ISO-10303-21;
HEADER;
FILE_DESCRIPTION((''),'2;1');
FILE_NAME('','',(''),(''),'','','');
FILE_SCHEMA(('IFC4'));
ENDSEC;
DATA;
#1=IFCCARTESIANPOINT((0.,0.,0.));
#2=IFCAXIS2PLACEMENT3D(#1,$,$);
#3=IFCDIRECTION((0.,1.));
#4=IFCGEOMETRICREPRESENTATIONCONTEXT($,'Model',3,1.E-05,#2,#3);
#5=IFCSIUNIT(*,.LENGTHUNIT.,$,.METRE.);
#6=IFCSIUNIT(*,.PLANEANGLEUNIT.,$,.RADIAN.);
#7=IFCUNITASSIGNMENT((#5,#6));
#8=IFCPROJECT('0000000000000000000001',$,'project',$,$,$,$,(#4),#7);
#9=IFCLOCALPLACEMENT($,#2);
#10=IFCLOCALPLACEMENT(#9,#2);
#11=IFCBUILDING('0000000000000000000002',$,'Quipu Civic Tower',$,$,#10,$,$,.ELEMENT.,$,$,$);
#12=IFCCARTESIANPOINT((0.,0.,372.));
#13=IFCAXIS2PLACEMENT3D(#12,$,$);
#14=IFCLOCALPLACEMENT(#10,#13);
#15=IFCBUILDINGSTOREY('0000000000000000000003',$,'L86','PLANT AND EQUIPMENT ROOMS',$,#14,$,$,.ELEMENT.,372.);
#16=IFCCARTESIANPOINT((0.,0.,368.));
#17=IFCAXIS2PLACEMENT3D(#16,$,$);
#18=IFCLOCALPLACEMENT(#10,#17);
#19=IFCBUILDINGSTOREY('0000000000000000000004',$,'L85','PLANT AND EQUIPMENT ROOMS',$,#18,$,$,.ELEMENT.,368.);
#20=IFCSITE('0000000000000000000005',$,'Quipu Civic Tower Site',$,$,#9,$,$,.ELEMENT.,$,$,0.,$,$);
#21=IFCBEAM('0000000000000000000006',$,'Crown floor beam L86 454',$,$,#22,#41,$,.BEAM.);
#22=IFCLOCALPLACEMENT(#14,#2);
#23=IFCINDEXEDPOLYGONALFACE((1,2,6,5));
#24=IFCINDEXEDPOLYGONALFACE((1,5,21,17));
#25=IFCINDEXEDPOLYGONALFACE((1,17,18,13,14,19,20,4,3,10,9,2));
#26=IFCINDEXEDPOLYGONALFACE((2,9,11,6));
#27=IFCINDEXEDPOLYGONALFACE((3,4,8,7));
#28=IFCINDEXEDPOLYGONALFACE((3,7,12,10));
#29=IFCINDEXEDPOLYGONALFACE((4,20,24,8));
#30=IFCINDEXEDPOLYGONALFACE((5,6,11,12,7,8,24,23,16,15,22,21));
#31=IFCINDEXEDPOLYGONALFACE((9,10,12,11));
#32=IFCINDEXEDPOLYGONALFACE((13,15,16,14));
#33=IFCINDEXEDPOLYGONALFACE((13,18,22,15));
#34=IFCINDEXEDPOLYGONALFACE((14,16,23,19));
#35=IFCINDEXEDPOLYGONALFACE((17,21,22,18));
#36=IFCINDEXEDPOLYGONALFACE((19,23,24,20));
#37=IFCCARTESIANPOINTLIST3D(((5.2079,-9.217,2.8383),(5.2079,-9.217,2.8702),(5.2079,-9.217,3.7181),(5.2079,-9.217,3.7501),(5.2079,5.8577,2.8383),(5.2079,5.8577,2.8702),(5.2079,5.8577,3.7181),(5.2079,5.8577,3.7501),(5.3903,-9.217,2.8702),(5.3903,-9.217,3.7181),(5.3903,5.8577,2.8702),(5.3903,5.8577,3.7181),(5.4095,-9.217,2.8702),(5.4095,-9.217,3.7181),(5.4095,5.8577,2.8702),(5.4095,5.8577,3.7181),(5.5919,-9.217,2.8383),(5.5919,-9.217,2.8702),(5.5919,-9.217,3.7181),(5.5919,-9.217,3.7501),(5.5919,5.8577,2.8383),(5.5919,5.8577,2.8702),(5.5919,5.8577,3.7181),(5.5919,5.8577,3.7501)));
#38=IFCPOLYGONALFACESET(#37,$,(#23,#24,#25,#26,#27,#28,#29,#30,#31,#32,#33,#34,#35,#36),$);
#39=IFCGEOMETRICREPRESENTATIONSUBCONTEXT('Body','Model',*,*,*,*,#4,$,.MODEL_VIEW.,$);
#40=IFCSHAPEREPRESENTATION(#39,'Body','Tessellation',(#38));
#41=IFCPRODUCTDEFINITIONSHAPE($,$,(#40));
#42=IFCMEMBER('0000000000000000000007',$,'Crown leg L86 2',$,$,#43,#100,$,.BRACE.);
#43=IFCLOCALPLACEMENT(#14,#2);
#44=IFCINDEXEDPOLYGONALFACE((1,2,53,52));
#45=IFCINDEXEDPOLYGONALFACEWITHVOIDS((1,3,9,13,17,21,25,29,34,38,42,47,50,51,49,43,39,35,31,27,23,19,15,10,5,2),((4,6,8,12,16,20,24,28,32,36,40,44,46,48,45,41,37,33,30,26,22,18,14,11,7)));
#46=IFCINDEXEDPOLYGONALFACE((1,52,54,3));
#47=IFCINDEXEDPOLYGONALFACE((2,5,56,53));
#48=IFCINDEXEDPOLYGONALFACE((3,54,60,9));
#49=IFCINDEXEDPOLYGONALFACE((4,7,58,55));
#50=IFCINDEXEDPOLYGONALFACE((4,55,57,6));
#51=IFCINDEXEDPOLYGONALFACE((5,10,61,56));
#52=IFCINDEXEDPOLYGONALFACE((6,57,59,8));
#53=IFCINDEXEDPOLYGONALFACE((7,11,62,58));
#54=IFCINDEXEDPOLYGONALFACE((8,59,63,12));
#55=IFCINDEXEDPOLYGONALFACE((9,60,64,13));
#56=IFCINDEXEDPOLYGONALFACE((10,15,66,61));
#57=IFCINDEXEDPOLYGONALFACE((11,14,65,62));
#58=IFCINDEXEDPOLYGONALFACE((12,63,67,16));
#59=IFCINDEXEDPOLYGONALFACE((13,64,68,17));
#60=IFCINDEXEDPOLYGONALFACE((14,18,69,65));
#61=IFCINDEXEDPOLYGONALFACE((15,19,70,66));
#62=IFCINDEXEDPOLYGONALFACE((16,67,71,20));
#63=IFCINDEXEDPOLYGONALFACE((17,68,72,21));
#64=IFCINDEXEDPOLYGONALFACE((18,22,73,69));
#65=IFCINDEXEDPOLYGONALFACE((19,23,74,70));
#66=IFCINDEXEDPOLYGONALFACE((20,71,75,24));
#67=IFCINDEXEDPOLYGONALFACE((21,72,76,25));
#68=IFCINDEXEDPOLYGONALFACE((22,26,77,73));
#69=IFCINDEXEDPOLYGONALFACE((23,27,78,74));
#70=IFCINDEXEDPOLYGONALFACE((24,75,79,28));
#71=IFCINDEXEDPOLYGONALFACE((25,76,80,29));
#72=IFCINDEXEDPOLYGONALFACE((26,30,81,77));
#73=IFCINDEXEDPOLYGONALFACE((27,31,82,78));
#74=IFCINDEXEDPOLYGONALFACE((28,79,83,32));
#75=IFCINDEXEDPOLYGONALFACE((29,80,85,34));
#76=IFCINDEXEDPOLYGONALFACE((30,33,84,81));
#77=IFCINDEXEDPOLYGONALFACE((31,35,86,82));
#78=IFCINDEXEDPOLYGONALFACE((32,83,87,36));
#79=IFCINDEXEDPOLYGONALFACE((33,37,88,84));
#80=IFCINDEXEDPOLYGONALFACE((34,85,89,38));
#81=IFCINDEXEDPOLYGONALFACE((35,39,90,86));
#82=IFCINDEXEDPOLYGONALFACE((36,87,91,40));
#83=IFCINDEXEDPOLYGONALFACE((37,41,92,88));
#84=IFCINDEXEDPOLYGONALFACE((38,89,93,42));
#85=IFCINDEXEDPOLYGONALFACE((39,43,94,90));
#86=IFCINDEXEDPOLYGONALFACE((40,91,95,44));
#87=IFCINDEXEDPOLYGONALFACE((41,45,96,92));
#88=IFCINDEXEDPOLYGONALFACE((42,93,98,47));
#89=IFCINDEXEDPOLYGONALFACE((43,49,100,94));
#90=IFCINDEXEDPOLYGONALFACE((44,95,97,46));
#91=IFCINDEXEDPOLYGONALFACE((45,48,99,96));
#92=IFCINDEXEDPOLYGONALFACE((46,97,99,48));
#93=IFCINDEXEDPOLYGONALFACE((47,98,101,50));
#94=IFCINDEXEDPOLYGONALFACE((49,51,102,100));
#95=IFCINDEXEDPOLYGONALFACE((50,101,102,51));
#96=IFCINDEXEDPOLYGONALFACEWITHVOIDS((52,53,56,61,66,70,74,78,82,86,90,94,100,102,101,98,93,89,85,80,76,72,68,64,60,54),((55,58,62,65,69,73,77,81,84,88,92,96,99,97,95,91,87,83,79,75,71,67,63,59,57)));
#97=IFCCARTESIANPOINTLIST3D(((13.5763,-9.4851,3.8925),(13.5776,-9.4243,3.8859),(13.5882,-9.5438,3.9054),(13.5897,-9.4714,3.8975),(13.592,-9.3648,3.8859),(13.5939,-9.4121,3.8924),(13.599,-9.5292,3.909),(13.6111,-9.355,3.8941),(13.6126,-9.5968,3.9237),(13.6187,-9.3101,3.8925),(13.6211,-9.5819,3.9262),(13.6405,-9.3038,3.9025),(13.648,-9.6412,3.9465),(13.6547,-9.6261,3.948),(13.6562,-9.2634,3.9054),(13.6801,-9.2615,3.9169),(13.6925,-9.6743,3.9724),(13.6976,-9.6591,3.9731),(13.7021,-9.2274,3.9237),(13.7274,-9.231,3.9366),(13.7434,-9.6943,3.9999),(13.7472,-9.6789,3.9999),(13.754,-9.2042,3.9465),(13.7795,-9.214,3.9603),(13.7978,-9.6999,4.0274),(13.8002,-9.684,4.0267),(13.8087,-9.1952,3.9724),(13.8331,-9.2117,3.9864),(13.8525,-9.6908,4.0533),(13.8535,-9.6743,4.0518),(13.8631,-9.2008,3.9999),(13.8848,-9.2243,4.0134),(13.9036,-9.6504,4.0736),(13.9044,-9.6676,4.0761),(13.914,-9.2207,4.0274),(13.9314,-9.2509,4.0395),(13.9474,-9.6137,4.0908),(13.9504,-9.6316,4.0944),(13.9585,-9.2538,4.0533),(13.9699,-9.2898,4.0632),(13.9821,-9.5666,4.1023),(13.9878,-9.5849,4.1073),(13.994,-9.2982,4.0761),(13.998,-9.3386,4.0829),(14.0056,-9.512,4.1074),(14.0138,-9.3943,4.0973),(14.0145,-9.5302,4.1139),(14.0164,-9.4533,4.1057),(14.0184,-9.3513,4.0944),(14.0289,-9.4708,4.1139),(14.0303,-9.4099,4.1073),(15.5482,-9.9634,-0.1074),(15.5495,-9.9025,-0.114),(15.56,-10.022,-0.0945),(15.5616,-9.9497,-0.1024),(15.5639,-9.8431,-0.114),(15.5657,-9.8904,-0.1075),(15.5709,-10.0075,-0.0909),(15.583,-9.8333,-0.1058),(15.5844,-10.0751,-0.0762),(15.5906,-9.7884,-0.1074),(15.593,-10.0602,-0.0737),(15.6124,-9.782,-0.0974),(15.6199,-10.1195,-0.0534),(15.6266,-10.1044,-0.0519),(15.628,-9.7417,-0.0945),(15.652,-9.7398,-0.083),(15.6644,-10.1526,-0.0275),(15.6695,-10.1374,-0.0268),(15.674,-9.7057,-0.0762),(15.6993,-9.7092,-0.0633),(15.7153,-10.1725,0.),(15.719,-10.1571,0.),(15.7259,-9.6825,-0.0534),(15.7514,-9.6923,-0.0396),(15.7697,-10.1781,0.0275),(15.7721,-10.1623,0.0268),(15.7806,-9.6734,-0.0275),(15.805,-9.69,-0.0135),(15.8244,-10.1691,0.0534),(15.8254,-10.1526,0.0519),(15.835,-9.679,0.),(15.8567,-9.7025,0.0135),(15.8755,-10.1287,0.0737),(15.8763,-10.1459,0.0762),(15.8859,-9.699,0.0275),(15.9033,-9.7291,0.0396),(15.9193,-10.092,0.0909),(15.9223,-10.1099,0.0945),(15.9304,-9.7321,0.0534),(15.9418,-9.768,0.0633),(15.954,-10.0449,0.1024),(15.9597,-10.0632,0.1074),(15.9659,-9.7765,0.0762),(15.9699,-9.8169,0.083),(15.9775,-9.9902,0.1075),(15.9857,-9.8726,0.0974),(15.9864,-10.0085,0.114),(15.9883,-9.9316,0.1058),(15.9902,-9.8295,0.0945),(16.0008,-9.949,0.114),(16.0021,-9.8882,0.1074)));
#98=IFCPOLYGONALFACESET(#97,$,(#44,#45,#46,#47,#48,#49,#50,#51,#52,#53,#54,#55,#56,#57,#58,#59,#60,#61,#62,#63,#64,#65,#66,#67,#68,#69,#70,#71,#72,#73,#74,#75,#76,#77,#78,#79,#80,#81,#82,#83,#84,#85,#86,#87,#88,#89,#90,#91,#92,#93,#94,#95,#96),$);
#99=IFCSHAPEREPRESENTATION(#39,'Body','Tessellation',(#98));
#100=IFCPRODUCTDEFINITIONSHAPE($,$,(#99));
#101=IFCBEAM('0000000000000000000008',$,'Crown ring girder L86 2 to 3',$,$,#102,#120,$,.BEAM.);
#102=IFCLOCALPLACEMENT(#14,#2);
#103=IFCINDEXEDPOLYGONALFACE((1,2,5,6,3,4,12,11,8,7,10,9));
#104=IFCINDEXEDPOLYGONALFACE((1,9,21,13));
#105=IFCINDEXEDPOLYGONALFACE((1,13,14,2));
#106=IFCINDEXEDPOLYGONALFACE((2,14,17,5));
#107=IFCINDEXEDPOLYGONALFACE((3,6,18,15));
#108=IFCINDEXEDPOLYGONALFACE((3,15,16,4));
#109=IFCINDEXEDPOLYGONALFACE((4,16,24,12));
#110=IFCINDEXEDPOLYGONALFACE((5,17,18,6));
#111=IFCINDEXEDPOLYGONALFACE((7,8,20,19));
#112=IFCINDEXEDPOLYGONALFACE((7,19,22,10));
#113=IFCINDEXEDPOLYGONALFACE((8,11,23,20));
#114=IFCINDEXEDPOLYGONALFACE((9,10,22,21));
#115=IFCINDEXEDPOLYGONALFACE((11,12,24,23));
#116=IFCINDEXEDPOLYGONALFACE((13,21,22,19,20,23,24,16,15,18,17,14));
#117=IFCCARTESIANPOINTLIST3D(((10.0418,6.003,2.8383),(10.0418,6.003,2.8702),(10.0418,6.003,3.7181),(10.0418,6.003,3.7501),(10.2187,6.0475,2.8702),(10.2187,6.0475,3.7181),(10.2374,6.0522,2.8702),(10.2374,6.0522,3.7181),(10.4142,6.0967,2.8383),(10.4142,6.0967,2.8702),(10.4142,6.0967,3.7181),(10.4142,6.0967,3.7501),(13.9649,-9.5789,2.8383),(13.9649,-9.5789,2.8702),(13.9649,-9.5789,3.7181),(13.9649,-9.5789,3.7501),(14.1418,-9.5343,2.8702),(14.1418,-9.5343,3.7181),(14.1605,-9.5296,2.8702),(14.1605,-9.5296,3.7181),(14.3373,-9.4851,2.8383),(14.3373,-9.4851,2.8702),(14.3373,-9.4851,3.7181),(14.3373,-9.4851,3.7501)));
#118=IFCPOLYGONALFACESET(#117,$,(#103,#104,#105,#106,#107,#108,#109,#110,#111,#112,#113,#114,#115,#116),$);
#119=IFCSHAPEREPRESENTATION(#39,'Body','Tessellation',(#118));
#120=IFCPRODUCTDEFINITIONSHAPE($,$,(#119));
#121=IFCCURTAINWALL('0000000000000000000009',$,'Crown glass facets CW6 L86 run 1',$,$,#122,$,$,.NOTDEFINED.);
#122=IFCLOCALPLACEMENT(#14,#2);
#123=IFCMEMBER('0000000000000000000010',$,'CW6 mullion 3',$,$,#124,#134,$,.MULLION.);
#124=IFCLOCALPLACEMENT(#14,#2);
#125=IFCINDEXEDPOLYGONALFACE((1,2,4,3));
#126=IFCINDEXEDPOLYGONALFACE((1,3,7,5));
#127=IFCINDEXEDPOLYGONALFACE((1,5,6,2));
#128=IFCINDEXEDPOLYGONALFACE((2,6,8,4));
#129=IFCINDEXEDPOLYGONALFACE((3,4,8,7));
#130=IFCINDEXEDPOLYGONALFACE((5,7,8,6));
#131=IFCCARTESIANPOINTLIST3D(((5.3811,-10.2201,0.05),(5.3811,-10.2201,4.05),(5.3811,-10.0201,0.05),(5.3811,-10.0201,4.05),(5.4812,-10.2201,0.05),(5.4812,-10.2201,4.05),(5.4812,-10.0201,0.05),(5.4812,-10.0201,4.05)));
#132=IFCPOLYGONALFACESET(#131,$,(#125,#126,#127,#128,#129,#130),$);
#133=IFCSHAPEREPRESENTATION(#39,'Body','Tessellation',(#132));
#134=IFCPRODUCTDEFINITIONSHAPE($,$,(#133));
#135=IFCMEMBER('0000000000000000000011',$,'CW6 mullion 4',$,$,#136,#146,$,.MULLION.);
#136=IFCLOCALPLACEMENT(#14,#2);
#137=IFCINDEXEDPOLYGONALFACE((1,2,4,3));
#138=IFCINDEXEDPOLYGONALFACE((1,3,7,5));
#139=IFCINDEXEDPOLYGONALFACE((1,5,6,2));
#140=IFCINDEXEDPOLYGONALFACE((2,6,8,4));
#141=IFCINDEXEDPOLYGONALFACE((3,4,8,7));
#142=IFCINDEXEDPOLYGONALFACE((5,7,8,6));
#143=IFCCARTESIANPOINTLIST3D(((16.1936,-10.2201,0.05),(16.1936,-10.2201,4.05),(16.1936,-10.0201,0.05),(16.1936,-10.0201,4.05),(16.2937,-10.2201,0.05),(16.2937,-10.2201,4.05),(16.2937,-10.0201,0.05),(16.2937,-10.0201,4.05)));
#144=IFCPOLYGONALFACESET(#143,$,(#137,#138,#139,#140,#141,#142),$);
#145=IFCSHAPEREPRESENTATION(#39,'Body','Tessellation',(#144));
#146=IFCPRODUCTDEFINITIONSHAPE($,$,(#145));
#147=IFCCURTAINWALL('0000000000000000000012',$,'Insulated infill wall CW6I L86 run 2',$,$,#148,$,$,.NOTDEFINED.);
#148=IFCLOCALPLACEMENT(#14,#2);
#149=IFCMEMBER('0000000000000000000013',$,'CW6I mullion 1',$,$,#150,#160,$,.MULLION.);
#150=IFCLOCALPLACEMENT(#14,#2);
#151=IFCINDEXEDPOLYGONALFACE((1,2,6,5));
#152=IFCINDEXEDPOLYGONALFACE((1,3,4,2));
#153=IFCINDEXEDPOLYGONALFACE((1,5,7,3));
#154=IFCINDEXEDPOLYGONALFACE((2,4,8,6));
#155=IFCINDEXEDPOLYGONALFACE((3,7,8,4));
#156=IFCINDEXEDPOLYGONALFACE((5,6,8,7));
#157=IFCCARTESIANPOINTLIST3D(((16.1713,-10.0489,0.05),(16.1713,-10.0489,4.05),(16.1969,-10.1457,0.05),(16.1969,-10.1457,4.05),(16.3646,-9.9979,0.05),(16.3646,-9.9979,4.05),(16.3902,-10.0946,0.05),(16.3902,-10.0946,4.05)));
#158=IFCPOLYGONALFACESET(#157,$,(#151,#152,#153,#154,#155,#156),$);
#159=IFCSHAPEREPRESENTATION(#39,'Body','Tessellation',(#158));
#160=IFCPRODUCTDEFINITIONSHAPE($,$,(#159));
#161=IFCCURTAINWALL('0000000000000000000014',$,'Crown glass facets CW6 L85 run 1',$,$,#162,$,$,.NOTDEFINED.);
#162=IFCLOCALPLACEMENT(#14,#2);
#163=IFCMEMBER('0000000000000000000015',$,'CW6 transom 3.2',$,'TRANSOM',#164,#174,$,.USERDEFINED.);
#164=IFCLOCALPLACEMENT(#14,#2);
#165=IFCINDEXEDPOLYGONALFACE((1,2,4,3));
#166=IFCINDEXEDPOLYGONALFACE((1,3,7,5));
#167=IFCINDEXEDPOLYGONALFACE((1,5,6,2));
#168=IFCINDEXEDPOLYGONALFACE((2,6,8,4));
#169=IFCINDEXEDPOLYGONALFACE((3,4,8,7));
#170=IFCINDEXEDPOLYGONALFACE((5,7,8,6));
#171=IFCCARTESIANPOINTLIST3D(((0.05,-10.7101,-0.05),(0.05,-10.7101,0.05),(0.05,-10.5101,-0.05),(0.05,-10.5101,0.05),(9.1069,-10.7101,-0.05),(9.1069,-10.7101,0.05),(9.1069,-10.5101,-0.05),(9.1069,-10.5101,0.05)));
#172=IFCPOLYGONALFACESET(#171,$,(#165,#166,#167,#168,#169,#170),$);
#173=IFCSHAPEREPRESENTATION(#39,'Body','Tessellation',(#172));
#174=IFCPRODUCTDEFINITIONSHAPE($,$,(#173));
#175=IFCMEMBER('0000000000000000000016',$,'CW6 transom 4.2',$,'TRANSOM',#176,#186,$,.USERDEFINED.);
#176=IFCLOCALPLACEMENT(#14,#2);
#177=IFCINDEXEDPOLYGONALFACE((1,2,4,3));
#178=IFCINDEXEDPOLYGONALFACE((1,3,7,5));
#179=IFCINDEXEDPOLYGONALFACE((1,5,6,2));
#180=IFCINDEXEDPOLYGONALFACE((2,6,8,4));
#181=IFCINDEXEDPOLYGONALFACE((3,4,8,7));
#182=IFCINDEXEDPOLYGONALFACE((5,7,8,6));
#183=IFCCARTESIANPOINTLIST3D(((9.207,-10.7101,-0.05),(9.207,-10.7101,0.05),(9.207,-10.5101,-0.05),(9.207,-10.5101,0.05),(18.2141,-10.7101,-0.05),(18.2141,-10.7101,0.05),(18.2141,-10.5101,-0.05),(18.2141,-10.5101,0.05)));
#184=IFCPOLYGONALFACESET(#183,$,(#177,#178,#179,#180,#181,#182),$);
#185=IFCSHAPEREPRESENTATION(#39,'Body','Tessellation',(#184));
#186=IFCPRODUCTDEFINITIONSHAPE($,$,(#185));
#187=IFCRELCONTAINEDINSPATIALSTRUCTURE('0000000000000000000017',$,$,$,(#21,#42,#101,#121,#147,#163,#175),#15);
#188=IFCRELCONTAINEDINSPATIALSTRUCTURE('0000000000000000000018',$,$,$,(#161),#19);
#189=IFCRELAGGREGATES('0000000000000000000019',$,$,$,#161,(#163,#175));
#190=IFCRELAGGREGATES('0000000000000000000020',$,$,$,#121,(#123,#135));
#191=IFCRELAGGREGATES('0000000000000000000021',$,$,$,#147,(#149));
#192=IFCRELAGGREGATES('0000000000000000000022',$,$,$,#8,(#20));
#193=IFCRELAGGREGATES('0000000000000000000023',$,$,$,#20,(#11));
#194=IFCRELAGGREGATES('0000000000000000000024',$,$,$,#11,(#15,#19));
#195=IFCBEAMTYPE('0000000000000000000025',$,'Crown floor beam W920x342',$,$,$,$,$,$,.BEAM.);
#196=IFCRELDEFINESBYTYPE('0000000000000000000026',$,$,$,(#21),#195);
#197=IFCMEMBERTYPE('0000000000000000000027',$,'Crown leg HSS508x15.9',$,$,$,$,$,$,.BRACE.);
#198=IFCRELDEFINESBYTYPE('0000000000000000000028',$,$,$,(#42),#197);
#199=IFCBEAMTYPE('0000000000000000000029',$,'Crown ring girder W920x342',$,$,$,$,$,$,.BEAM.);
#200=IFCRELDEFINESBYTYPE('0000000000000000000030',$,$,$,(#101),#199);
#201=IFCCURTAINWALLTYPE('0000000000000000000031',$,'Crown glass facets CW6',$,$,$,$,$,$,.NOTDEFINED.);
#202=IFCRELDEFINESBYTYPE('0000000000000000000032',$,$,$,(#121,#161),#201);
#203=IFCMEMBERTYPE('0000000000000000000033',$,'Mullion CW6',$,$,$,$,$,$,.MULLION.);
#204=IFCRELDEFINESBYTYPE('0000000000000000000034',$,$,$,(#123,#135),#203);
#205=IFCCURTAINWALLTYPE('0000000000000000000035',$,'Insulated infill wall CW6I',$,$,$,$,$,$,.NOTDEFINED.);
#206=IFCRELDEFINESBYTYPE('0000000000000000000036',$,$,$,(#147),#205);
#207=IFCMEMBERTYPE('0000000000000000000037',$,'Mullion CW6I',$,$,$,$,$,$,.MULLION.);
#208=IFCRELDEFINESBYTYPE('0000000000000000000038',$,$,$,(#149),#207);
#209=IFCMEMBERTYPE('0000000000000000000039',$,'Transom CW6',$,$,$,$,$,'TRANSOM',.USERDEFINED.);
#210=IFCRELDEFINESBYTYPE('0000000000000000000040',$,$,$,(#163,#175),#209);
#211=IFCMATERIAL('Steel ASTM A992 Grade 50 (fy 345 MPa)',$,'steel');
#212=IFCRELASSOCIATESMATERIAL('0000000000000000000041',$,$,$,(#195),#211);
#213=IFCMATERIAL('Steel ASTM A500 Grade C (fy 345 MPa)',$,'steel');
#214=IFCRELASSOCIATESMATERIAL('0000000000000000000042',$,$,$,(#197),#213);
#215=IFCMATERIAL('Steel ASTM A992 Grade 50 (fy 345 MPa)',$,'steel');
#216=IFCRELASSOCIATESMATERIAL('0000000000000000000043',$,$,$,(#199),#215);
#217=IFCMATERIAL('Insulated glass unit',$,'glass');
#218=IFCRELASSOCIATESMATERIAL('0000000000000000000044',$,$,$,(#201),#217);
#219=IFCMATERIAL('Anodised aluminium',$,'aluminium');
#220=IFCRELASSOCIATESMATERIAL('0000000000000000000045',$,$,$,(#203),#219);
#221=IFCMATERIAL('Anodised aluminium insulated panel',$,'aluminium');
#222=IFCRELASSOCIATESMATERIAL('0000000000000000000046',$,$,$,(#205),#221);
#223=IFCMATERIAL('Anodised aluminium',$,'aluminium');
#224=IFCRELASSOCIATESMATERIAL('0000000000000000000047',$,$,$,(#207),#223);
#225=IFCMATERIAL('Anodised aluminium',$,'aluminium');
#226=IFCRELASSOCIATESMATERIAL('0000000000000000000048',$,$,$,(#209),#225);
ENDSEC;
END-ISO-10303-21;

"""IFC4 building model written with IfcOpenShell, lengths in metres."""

from ifc_helpers import new_model, si_unit, direction, frame, origin, origin_2d, place, context, subcontext, project, spatial, rectangle, hollow_circle, i_section, extrude, material, material_profile, profile_set, type_object, element, aggregate, save


model = new_model("IFC4")

# Units and contexts
model_context = context("Model", 3, precision=1e-05, world=origin(), true_north=direction((0.0, 1.0)))
body_context = subcontext(model_context, "Body", "Model", "MODEL_VIEW")
ifc_project = project(units=[si_unit("LENGTHUNIT", "METRE"), si_unit("PLANEANGLEUNIT", "RADIAN")], contexts=[model_context])

# Site, building, storey
site_placement = place(None, origin())
site = spatial("IfcSite", under=ifc_project, at=site_placement, Name="Quipu Civic Tower Site", CompositionType="ELEMENT", RefElevation=0.0)
building_placement = place(site_placement, origin())
building = spatial("IfcBuilding", under=site, at=building_placement, Name="Quipu Civic Tower", CompositionType="ELEMENT")
storey_1_placement = place(building_placement, frame((0.0, 0.0, 372.0)))
storey_1 = spatial("IfcBuildingStorey", under=building, at=storey_1_placement, Name="L86", Description="PLANT AND EQUIPMENT ROOMS", CompositionType="ELEMENT", Elevation=372.0)

# Beam
ifc_material_1 = material(Name="Steel ASTM A992 Grade 50 (fy 345 MPa)", Category="steel")
ifc_material_profile_1 = material_profile(ifc_material_1, i_section(OverallWidth=0.384, OverallDepth=0.9119, WebThickness=0.0193, FlangeThickness=0.032, at=origin_2d()), Name="W920x342")
ifc_profile_set_1 = profile_set([ifc_material_profile_1], Name="Steel ASTM A992 Grade 50 (fy 345 MPa)")
beam_type_1 = type_object("IfcBeamType", Name="Crown floor beam W920x342", PredefinedType="BEAM", material=ifc_profile_set_1)
beam_1_placement = place(storey_1_placement, frame((5.3999, -9.217, 3.2942), z_axis=(0.0, 1.0, 0.0), x_axis=(-1.0, 0.0, 0.0)))
element("IfcBeam", 1, at=beam_1_placement, inside=storey_1, type_object=beam_type_1, Name="Crown floor beam L86 454", PredefinedType="BEAM", context=body_context, shape_type="SweptSolid", body=[
    extrude(i_section(OverallWidth=0.384, OverallDepth=0.9119, WebThickness=0.0193, FlangeThickness=0.032, at=origin_2d()), origin(), (0.0, 0.0, 1.0), 15.0747),
])

# Member
ifc_material_2 = material(Name="Steel ASTM A500 Grade C (fy 345 MPa)", Category="steel")
ifc_material_profile_2 = material_profile(ifc_material_2, hollow_circle(Radius=0.2539, WallThickness=0.0159, at=origin_2d()), Name="HSS508x15.9")
ifc_profile_set_2 = profile_set([ifc_material_profile_2], Name="Steel ASTM A500 Grade C (fy 345 MPa)")
member_type_1 = type_object("IfcMemberType", Name="Crown leg HSS508x15.9", PredefinedType="BRACE", material=ifc_profile_set_2)
member_1_placement = place(storey_1_placement, frame((15.7751, -9.9258, 0.0), z_axis=(-0.439649, 0.106633, 0.891817), x_axis=(-0.235707, -0.971824, 0.0)))
element("IfcMember", 2, at=member_1_placement, inside=storey_1, type_object=member_type_1, Name="Crown leg L86 2", PredefinedType="BRACE", context=body_context, shape_type="SweptSolid", body=[
    extrude(hollow_circle(Radius=0.2539, WallThickness=0.0159, at=origin_2d()), origin(), (0.0, 0.0, 1.0), 4.4851),
])

# Beam
ifc_material_3 = material(Name="Steel ASTM A992 Grade 50 (fy 345 MPa)", Category="steel")
ifc_material_profile_3 = material_profile(ifc_material_3, i_section(OverallWidth=0.384, OverallDepth=0.9119, WebThickness=0.0193, FlangeThickness=0.032, at=origin_2d()), Name="W920x342")
ifc_profile_set_3 = profile_set([ifc_material_profile_3], Name="Steel ASTM A992 Grade 50 (fy 345 MPa)")
beam_type_2 = type_object("IfcBeamType", Name="Crown ring girder W920x342", PredefinedType="BEAM", material=ifc_profile_set_3)
beam_2_placement = place(storey_1_placement, frame((14.1511, -9.532, 3.2942), z_axis=(-0.244155, 0.969736, 0.0), x_axis=(-0.969736, -0.244155, 0.0)))
element("IfcBeam", 3, at=beam_2_placement, inside=storey_1, type_object=beam_type_2, Name="Crown ring girder L86 2 to 3", PredefinedType="BEAM", context=body_context, shape_type="SweptSolid", body=[
    extrude(i_section(OverallWidth=0.384, OverallDepth=0.9119, WebThickness=0.0193, FlangeThickness=0.032, at=origin_2d()), origin(), (0.0, 0.0, 1.0), 16.0681),
])

# Curtain wall, members
ifc_material_4 = material(Name="Insulated glass unit", Category="glass")
curtain_wall_type_1 = type_object("IfcCurtainWallType", Name="Crown glass facets CW6", PredefinedType="NOTDEFINED", material=ifc_material_4)
curtain_wall_1_placement = place(storey_1_placement, origin())
curtain_wall_1 = element("IfcCurtainWall", 4, at=curtain_wall_1_placement, inside=storey_1, type_object=curtain_wall_type_1, Name="Crown glass facets CW6 L86 run 1", PredefinedType="NOTDEFINED")
ifc_material_5 = material(Name="Anodised aluminium", Category="aluminium")
ifc_material_profile_4 = material_profile(ifc_material_5, rectangle(XDim=0.2, YDim=0.1001, at=origin_2d()), Name="RECT 200x100")
ifc_profile_set_4 = profile_set([ifc_material_profile_4], Name="Anodised aluminium")
member_type_2 = type_object("IfcMemberType", Name="Mullion CW6", PredefinedType="MULLION", material=ifc_profile_set_4)
member_2_placement = place(storey_1_placement, frame((5.4312, -10.1201, 0.05), z_axis=(0.0, 0.0, 1.0), x_axis=(0.0, 1.0, 0.0)))
member_2 = element("IfcMember", 5, at=member_2_placement, type_object=member_type_2, Name="CW6 mullion 3", PredefinedType="MULLION", context=body_context, shape_type="SweptSolid", body=[
    extrude(rectangle(XDim=0.2, YDim=0.1001, at=origin_2d()), origin(), (0.0, 0.0, 1.0), 4.0),
])
member_3_placement = place(storey_1_placement, frame((16.2437, -10.1201, 0.05), z_axis=(0.0, 0.0, 1.0), x_axis=(0.0, 1.0, 0.0)))
member_3 = element("IfcMember", 6, at=member_3_placement, type_object=member_type_2, Name="CW6 mullion 4", PredefinedType="MULLION", context=body_context, shape_type="SweptSolid", body=[
    extrude(rectangle(XDim=0.2, YDim=0.1001, at=origin_2d()), origin(), (0.0, 0.0, 1.0), 4.0),
])

# Curtain wall, member
ifc_material_6 = material(Name="Anodised aluminium insulated panel", Category="aluminium")
curtain_wall_type_2 = type_object("IfcCurtainWallType", Name="Insulated infill wall CW6I", PredefinedType="NOTDEFINED", material=ifc_material_6)
curtain_wall_2_placement = place(storey_1_placement, origin())
curtain_wall_2 = element("IfcCurtainWall", 7, at=curtain_wall_2_placement, inside=storey_1, type_object=curtain_wall_type_2, Name="Insulated infill wall CW6I L86 run 2", PredefinedType="NOTDEFINED")
ifc_material_7 = material(Name="Anodised aluminium", Category="aluminium")
ifc_material_profile_5 = material_profile(ifc_material_7, rectangle(XDim=0.2, YDim=0.1001, at=origin_2d()), Name="RECT 200x100")
ifc_profile_set_5 = profile_set([ifc_material_profile_5], Name="Anodised aluminium")
member_type_3 = type_object("IfcMemberType", Name="Mullion CW6I", PredefinedType="MULLION", material=ifc_profile_set_5)
member_4_placement = place(storey_1_placement, frame((16.2808, -10.0718, 0.05), z_axis=(0.0, 0.0, 1.0), x_axis=(-0.966858, -0.255316, 0.0)))
member_4 = element("IfcMember", 8, at=member_4_placement, type_object=member_type_3, Name="CW6I mullion 1", PredefinedType="MULLION", context=body_context, shape_type="SweptSolid", body=[
    extrude(rectangle(XDim=0.2, YDim=0.1001, at=origin_2d()), origin(), (0.0, 0.0, 1.0), 4.0),
])

# Shared definitions
storey_2_placement = place(building_placement, frame((0.0, 0.0, 368.0)))
storey_2 = spatial("IfcBuildingStorey", under=building, at=storey_2_placement, Name="L85", Description="PLANT AND EQUIPMENT ROOMS", CompositionType="ELEMENT", Elevation=368.0)

# Curtain wall, members
curtain_wall_3_placement = place(storey_2_placement, origin())
curtain_wall_3 = element("IfcCurtainWall", 9, at=curtain_wall_3_placement, inside=storey_2, type_object=curtain_wall_type_1, Name="Crown glass facets CW6 L85 run 1", PredefinedType="NOTDEFINED")
ifc_material_8 = material(Name="Anodised aluminium", Category="aluminium")
ifc_material_profile_6 = material_profile(ifc_material_8, rectangle(XDim=0.2, YDim=0.1001, at=origin_2d()), Name="RECT 200x100")
ifc_profile_set_6 = profile_set([ifc_material_profile_6], Name="Anodised aluminium")
member_type_4 = type_object("IfcMemberType", Name="Transom CW6", ElementType="TRANSOM", PredefinedType="USERDEFINED", material=ifc_profile_set_6)
member_5_placement = place(storey_1_placement, frame((0.05, -10.6101, 0.0), z_axis=(1.0, 0.0, 0.0), x_axis=(0.0, 1.0, 0.0)))
member_5 = element("IfcMember", 10, at=member_5_placement, inside=storey_1, type_object=member_type_4, Name="CW6 transom 3.2", ObjectType="TRANSOM", PredefinedType="USERDEFINED", context=body_context, shape_type="SweptSolid", body=[
    extrude(rectangle(XDim=0.2, YDim=0.1001, at=origin_2d()), origin(), (0.0, 0.0, 1.0), 9.0569),
])
member_6_placement = place(storey_1_placement, frame((9.207, -10.6101, 0.0), z_axis=(1.0, 0.0, 0.0), x_axis=(0.0, 1.0, 0.0)))
member_6 = element("IfcMember", 11, at=member_6_placement, inside=storey_1, type_object=member_type_4, Name="CW6 transom 4.2", ObjectType="TRANSOM", PredefinedType="USERDEFINED", context=body_context, shape_type="SweptSolid", body=[
    extrude(rectangle(XDim=0.2, YDim=0.1001, at=origin_2d()), origin(), (0.0, 0.0, 1.0), 9.0071),
])
aggregate(curtain_wall_3, [member_5, member_6])

aggregate(curtain_wall_1, [member_2, member_3])
aggregate(curtain_wall_2, [member_4])

save(model, "model.ifc")
